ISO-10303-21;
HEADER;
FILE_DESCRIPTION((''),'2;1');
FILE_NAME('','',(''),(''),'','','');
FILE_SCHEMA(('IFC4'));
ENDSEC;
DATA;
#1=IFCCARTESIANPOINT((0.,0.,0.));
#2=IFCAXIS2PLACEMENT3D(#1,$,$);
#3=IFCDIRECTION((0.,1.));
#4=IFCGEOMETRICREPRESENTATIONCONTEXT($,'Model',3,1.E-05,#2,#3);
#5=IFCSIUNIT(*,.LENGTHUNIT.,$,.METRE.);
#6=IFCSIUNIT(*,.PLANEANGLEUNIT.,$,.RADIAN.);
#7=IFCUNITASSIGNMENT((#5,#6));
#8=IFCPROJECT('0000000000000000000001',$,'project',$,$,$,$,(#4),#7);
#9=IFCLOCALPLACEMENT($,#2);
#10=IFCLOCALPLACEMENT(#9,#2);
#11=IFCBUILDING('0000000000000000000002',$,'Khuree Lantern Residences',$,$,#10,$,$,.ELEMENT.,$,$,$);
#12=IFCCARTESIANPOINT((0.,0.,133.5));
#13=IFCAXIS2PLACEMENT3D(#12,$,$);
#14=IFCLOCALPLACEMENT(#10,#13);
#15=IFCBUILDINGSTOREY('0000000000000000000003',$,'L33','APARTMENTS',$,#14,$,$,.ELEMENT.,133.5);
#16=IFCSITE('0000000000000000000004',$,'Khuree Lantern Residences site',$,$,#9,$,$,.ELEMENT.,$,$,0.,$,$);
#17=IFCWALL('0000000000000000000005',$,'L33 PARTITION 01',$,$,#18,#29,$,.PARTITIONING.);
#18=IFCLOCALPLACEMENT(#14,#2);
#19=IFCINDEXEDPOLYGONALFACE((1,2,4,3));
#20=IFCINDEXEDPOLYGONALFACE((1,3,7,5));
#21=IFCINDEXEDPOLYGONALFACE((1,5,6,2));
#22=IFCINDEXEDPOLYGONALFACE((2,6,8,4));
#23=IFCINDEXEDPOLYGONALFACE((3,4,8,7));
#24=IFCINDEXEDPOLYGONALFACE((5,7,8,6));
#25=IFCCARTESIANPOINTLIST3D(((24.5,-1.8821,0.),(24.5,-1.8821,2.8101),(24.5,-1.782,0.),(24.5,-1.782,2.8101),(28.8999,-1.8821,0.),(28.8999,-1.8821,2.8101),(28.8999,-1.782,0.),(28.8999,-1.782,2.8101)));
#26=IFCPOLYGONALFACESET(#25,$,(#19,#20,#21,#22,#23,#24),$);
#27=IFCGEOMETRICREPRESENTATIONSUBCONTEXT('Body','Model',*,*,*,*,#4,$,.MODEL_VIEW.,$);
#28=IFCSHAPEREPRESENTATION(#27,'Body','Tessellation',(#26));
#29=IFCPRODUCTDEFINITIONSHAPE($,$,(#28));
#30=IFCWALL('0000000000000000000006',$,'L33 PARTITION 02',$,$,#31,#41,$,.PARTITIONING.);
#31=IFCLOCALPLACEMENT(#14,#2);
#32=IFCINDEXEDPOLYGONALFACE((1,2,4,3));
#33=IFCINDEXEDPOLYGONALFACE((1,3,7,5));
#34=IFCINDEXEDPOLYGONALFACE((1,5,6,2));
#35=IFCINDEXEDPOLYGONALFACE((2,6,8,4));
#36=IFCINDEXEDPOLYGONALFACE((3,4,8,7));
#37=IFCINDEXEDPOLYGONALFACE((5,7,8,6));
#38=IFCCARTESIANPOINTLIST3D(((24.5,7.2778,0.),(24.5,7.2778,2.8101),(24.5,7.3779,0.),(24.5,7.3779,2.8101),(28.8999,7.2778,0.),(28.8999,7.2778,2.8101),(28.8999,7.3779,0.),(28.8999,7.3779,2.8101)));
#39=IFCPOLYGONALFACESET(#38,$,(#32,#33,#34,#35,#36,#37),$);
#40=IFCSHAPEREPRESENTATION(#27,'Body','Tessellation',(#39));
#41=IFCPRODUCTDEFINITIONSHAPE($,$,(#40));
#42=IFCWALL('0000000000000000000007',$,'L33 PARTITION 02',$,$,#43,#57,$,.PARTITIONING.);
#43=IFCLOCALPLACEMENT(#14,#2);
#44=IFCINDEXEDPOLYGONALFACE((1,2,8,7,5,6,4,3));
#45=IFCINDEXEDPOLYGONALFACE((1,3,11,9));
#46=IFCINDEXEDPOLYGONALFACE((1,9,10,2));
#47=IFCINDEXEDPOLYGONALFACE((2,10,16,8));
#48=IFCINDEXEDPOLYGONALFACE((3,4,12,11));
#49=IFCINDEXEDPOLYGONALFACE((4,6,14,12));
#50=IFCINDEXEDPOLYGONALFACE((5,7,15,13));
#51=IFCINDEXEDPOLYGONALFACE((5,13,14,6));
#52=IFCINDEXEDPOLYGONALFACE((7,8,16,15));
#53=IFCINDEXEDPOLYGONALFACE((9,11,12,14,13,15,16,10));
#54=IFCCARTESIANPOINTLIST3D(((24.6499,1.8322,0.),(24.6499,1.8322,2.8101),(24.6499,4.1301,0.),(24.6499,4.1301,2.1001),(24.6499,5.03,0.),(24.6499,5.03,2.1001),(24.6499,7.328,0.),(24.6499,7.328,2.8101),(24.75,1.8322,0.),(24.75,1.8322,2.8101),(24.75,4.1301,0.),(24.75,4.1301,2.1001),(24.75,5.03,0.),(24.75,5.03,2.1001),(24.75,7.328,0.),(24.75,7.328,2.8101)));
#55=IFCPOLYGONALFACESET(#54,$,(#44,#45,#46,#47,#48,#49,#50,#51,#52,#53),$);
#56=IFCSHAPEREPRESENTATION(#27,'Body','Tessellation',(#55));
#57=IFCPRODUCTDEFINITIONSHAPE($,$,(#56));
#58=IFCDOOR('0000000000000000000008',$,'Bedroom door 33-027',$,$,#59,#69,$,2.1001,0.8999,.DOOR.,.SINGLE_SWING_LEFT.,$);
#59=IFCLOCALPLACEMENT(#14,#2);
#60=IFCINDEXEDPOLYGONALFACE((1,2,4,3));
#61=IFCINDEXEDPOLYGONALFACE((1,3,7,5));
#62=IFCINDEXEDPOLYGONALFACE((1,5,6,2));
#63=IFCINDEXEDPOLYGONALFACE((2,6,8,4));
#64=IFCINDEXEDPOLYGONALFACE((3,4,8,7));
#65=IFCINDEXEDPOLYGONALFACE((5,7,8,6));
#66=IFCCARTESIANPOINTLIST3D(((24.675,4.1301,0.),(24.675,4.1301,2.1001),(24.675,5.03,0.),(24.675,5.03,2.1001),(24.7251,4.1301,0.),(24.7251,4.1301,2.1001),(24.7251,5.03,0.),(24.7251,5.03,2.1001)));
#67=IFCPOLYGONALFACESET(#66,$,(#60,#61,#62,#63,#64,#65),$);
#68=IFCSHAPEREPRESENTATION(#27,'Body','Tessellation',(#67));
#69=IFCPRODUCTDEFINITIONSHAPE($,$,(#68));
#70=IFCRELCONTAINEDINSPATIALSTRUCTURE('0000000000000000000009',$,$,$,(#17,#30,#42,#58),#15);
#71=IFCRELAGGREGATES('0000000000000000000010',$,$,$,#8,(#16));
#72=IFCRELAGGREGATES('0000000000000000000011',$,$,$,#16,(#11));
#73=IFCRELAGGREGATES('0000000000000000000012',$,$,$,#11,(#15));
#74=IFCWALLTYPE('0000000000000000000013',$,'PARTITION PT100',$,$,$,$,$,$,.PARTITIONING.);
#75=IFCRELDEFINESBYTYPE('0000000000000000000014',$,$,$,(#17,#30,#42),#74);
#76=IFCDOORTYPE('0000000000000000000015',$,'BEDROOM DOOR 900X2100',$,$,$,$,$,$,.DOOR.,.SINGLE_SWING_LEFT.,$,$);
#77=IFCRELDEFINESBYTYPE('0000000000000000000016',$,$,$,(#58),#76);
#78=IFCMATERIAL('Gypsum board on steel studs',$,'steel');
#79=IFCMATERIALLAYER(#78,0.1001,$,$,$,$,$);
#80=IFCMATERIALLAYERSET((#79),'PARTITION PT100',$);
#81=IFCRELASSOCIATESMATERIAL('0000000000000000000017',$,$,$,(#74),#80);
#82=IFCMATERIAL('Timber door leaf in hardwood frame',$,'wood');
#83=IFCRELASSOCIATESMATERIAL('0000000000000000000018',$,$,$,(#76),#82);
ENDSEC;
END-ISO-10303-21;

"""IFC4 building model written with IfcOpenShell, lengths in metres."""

from ifc_helpers import new_model, si_unit, direction, frame, frame_2d, origin, place, context, subcontext, project, spatial, rectangle, extrude, material, layer, layer_set, type_object, element, fill, save


model = new_model("IFC4")

# Units and contexts
model_context = context("Model", 3, precision=1e-05, world=origin(), true_north=direction((0.0, 1.0)))
body_context = subcontext(model_context, "Body", "Model", "MODEL_VIEW")
ifc_project = project(units=[si_unit("LENGTHUNIT", "METRE"), si_unit("PLANEANGLEUNIT", "RADIAN")], contexts=[model_context])

# Site, building, storey
site_placement = place(None, origin())
site = spatial("IfcSite", under=ifc_project, at=site_placement, Name="Khuree Lantern Residences site", CompositionType="ELEMENT", RefElevation=0.0)
building_placement = place(site_placement, origin())
building = spatial("IfcBuilding", under=site, at=building_placement, Name="Khuree Lantern Residences", CompositionType="ELEMENT")
storey_placement = place(building_placement, frame((0.0, 0.0, 133.5)))
storey = spatial("IfcBuildingStorey", under=building, at=storey_placement, Name="L33", Description="APARTMENTS", CompositionType="ELEMENT", Elevation=133.5)

# Shared definitions
ifc_material_1 = material(Name="Timber door leaf in hardwood frame", Category="wood")

# Walls
ifc_material_2 = material(Name="Gypsum board on steel studs", Category="steel")
ifc_layer_1 = layer(ifc_material_2, 0.1001)
ifc_layer_set_1 = layer_set([ifc_layer_1], Name="PARTITION PT100")
wall_type_1 = type_object("IfcWallType", Name="PARTITION PT100", PredefinedType="PARTITIONING", material=ifc_layer_set_1)
for number, where, z_axis, x_axis, name in (
    (1, (24.5, -1.832, 0.0), (0.0, 0.0, 1.0), (1.0, 0.0, 0.0), "L33 PARTITION 01"),
    (2, (24.5, 7.3279, 0.0), (0.0, 0.0, 1.0), (1.0, 0.0, 0.0), "L33 PARTITION 02"),
):
    element("IfcWall", number, at=place(storey_placement, frame(where, z_axis=z_axis, x_axis=x_axis)), inside=storey, type_object=wall_type_1, Name=name, PredefinedType="PARTITIONING", context=body_context, shape_type="SweptSolid", body=[
        extrude(rectangle(XDim=4.3999, YDim=0.1001, at=frame_2d((2.2, 0.0))), origin(), (0.0, 0.0, 1.0), 2.8101),
    ])

# Wall, opening, door
wall_1_placement = place(storey_placement, frame((24.7, 1.832, 0.0), z_axis=(0.0, 0.0, 1.0), x_axis=(0.0, 1.0, 0.0)))
wall_1 = element("IfcWall", 3, at=wall_1_placement, inside=storey, type_object=wall_type_1, Name="L33 PARTITION 02", PredefinedType="PARTITIONING", context=body_context, shape_type="SweptSolid", body=[
    extrude(rectangle(XDim=5.4958, YDim=0.1001, at=frame_2d((2.748, 0.0))), origin(), (0.0, 0.0, 1.0), 2.8101),
])
opening_1_placement = place(wall_1_placement, frame((2.2981, 0.0, 0.0)))
opening_1 = element("IfcOpeningElement", 4, at=opening_1_placement, cuts=wall_1, PredefinedType="OPENING", context=body_context, shape_type="SweptSolid", body=[
    extrude(rectangle(XDim=0.8999, YDim=2.1001, at=frame_2d((0.45, 1.05))), frame((0.0, 0.0601, 0.0), z_axis=(0.0, -1.0, 0.0), x_axis=(1.0, 0.0, 0.0)), (0.0, 0.0, 1.0), 0.1201),
])
door_type_1 = type_object("IfcDoorType", Name="BEDROOM DOOR 900X2100", OperationType="SINGLE_SWING_LEFT", PredefinedType="DOOR", material=ifc_material_1)
door_1_placement = place(opening_1_placement, origin())
door_1 = element("IfcDoor", 5, at=door_1_placement, inside=storey, type_object=door_type_1, Name="Bedroom door 33-027", OperationType="SINGLE_SWING_LEFT", OverallHeight=2.1001, OverallWidth=0.8999, PredefinedType="DOOR", context=body_context, shape_type="SweptSolid", body=[
    extrude(rectangle(XDim=0.8999, YDim=2.1001, at=frame_2d((0.45, 1.05))), frame((0.0, 0.0249, 0.0), z_axis=(0.0, -1.0, 0.0), x_axis=(1.0, 0.0, 0.0)), (0.0, 0.0, 1.0), 0.05),
])
fill(opening_1, door_1)

save(model, "model.ifc")
